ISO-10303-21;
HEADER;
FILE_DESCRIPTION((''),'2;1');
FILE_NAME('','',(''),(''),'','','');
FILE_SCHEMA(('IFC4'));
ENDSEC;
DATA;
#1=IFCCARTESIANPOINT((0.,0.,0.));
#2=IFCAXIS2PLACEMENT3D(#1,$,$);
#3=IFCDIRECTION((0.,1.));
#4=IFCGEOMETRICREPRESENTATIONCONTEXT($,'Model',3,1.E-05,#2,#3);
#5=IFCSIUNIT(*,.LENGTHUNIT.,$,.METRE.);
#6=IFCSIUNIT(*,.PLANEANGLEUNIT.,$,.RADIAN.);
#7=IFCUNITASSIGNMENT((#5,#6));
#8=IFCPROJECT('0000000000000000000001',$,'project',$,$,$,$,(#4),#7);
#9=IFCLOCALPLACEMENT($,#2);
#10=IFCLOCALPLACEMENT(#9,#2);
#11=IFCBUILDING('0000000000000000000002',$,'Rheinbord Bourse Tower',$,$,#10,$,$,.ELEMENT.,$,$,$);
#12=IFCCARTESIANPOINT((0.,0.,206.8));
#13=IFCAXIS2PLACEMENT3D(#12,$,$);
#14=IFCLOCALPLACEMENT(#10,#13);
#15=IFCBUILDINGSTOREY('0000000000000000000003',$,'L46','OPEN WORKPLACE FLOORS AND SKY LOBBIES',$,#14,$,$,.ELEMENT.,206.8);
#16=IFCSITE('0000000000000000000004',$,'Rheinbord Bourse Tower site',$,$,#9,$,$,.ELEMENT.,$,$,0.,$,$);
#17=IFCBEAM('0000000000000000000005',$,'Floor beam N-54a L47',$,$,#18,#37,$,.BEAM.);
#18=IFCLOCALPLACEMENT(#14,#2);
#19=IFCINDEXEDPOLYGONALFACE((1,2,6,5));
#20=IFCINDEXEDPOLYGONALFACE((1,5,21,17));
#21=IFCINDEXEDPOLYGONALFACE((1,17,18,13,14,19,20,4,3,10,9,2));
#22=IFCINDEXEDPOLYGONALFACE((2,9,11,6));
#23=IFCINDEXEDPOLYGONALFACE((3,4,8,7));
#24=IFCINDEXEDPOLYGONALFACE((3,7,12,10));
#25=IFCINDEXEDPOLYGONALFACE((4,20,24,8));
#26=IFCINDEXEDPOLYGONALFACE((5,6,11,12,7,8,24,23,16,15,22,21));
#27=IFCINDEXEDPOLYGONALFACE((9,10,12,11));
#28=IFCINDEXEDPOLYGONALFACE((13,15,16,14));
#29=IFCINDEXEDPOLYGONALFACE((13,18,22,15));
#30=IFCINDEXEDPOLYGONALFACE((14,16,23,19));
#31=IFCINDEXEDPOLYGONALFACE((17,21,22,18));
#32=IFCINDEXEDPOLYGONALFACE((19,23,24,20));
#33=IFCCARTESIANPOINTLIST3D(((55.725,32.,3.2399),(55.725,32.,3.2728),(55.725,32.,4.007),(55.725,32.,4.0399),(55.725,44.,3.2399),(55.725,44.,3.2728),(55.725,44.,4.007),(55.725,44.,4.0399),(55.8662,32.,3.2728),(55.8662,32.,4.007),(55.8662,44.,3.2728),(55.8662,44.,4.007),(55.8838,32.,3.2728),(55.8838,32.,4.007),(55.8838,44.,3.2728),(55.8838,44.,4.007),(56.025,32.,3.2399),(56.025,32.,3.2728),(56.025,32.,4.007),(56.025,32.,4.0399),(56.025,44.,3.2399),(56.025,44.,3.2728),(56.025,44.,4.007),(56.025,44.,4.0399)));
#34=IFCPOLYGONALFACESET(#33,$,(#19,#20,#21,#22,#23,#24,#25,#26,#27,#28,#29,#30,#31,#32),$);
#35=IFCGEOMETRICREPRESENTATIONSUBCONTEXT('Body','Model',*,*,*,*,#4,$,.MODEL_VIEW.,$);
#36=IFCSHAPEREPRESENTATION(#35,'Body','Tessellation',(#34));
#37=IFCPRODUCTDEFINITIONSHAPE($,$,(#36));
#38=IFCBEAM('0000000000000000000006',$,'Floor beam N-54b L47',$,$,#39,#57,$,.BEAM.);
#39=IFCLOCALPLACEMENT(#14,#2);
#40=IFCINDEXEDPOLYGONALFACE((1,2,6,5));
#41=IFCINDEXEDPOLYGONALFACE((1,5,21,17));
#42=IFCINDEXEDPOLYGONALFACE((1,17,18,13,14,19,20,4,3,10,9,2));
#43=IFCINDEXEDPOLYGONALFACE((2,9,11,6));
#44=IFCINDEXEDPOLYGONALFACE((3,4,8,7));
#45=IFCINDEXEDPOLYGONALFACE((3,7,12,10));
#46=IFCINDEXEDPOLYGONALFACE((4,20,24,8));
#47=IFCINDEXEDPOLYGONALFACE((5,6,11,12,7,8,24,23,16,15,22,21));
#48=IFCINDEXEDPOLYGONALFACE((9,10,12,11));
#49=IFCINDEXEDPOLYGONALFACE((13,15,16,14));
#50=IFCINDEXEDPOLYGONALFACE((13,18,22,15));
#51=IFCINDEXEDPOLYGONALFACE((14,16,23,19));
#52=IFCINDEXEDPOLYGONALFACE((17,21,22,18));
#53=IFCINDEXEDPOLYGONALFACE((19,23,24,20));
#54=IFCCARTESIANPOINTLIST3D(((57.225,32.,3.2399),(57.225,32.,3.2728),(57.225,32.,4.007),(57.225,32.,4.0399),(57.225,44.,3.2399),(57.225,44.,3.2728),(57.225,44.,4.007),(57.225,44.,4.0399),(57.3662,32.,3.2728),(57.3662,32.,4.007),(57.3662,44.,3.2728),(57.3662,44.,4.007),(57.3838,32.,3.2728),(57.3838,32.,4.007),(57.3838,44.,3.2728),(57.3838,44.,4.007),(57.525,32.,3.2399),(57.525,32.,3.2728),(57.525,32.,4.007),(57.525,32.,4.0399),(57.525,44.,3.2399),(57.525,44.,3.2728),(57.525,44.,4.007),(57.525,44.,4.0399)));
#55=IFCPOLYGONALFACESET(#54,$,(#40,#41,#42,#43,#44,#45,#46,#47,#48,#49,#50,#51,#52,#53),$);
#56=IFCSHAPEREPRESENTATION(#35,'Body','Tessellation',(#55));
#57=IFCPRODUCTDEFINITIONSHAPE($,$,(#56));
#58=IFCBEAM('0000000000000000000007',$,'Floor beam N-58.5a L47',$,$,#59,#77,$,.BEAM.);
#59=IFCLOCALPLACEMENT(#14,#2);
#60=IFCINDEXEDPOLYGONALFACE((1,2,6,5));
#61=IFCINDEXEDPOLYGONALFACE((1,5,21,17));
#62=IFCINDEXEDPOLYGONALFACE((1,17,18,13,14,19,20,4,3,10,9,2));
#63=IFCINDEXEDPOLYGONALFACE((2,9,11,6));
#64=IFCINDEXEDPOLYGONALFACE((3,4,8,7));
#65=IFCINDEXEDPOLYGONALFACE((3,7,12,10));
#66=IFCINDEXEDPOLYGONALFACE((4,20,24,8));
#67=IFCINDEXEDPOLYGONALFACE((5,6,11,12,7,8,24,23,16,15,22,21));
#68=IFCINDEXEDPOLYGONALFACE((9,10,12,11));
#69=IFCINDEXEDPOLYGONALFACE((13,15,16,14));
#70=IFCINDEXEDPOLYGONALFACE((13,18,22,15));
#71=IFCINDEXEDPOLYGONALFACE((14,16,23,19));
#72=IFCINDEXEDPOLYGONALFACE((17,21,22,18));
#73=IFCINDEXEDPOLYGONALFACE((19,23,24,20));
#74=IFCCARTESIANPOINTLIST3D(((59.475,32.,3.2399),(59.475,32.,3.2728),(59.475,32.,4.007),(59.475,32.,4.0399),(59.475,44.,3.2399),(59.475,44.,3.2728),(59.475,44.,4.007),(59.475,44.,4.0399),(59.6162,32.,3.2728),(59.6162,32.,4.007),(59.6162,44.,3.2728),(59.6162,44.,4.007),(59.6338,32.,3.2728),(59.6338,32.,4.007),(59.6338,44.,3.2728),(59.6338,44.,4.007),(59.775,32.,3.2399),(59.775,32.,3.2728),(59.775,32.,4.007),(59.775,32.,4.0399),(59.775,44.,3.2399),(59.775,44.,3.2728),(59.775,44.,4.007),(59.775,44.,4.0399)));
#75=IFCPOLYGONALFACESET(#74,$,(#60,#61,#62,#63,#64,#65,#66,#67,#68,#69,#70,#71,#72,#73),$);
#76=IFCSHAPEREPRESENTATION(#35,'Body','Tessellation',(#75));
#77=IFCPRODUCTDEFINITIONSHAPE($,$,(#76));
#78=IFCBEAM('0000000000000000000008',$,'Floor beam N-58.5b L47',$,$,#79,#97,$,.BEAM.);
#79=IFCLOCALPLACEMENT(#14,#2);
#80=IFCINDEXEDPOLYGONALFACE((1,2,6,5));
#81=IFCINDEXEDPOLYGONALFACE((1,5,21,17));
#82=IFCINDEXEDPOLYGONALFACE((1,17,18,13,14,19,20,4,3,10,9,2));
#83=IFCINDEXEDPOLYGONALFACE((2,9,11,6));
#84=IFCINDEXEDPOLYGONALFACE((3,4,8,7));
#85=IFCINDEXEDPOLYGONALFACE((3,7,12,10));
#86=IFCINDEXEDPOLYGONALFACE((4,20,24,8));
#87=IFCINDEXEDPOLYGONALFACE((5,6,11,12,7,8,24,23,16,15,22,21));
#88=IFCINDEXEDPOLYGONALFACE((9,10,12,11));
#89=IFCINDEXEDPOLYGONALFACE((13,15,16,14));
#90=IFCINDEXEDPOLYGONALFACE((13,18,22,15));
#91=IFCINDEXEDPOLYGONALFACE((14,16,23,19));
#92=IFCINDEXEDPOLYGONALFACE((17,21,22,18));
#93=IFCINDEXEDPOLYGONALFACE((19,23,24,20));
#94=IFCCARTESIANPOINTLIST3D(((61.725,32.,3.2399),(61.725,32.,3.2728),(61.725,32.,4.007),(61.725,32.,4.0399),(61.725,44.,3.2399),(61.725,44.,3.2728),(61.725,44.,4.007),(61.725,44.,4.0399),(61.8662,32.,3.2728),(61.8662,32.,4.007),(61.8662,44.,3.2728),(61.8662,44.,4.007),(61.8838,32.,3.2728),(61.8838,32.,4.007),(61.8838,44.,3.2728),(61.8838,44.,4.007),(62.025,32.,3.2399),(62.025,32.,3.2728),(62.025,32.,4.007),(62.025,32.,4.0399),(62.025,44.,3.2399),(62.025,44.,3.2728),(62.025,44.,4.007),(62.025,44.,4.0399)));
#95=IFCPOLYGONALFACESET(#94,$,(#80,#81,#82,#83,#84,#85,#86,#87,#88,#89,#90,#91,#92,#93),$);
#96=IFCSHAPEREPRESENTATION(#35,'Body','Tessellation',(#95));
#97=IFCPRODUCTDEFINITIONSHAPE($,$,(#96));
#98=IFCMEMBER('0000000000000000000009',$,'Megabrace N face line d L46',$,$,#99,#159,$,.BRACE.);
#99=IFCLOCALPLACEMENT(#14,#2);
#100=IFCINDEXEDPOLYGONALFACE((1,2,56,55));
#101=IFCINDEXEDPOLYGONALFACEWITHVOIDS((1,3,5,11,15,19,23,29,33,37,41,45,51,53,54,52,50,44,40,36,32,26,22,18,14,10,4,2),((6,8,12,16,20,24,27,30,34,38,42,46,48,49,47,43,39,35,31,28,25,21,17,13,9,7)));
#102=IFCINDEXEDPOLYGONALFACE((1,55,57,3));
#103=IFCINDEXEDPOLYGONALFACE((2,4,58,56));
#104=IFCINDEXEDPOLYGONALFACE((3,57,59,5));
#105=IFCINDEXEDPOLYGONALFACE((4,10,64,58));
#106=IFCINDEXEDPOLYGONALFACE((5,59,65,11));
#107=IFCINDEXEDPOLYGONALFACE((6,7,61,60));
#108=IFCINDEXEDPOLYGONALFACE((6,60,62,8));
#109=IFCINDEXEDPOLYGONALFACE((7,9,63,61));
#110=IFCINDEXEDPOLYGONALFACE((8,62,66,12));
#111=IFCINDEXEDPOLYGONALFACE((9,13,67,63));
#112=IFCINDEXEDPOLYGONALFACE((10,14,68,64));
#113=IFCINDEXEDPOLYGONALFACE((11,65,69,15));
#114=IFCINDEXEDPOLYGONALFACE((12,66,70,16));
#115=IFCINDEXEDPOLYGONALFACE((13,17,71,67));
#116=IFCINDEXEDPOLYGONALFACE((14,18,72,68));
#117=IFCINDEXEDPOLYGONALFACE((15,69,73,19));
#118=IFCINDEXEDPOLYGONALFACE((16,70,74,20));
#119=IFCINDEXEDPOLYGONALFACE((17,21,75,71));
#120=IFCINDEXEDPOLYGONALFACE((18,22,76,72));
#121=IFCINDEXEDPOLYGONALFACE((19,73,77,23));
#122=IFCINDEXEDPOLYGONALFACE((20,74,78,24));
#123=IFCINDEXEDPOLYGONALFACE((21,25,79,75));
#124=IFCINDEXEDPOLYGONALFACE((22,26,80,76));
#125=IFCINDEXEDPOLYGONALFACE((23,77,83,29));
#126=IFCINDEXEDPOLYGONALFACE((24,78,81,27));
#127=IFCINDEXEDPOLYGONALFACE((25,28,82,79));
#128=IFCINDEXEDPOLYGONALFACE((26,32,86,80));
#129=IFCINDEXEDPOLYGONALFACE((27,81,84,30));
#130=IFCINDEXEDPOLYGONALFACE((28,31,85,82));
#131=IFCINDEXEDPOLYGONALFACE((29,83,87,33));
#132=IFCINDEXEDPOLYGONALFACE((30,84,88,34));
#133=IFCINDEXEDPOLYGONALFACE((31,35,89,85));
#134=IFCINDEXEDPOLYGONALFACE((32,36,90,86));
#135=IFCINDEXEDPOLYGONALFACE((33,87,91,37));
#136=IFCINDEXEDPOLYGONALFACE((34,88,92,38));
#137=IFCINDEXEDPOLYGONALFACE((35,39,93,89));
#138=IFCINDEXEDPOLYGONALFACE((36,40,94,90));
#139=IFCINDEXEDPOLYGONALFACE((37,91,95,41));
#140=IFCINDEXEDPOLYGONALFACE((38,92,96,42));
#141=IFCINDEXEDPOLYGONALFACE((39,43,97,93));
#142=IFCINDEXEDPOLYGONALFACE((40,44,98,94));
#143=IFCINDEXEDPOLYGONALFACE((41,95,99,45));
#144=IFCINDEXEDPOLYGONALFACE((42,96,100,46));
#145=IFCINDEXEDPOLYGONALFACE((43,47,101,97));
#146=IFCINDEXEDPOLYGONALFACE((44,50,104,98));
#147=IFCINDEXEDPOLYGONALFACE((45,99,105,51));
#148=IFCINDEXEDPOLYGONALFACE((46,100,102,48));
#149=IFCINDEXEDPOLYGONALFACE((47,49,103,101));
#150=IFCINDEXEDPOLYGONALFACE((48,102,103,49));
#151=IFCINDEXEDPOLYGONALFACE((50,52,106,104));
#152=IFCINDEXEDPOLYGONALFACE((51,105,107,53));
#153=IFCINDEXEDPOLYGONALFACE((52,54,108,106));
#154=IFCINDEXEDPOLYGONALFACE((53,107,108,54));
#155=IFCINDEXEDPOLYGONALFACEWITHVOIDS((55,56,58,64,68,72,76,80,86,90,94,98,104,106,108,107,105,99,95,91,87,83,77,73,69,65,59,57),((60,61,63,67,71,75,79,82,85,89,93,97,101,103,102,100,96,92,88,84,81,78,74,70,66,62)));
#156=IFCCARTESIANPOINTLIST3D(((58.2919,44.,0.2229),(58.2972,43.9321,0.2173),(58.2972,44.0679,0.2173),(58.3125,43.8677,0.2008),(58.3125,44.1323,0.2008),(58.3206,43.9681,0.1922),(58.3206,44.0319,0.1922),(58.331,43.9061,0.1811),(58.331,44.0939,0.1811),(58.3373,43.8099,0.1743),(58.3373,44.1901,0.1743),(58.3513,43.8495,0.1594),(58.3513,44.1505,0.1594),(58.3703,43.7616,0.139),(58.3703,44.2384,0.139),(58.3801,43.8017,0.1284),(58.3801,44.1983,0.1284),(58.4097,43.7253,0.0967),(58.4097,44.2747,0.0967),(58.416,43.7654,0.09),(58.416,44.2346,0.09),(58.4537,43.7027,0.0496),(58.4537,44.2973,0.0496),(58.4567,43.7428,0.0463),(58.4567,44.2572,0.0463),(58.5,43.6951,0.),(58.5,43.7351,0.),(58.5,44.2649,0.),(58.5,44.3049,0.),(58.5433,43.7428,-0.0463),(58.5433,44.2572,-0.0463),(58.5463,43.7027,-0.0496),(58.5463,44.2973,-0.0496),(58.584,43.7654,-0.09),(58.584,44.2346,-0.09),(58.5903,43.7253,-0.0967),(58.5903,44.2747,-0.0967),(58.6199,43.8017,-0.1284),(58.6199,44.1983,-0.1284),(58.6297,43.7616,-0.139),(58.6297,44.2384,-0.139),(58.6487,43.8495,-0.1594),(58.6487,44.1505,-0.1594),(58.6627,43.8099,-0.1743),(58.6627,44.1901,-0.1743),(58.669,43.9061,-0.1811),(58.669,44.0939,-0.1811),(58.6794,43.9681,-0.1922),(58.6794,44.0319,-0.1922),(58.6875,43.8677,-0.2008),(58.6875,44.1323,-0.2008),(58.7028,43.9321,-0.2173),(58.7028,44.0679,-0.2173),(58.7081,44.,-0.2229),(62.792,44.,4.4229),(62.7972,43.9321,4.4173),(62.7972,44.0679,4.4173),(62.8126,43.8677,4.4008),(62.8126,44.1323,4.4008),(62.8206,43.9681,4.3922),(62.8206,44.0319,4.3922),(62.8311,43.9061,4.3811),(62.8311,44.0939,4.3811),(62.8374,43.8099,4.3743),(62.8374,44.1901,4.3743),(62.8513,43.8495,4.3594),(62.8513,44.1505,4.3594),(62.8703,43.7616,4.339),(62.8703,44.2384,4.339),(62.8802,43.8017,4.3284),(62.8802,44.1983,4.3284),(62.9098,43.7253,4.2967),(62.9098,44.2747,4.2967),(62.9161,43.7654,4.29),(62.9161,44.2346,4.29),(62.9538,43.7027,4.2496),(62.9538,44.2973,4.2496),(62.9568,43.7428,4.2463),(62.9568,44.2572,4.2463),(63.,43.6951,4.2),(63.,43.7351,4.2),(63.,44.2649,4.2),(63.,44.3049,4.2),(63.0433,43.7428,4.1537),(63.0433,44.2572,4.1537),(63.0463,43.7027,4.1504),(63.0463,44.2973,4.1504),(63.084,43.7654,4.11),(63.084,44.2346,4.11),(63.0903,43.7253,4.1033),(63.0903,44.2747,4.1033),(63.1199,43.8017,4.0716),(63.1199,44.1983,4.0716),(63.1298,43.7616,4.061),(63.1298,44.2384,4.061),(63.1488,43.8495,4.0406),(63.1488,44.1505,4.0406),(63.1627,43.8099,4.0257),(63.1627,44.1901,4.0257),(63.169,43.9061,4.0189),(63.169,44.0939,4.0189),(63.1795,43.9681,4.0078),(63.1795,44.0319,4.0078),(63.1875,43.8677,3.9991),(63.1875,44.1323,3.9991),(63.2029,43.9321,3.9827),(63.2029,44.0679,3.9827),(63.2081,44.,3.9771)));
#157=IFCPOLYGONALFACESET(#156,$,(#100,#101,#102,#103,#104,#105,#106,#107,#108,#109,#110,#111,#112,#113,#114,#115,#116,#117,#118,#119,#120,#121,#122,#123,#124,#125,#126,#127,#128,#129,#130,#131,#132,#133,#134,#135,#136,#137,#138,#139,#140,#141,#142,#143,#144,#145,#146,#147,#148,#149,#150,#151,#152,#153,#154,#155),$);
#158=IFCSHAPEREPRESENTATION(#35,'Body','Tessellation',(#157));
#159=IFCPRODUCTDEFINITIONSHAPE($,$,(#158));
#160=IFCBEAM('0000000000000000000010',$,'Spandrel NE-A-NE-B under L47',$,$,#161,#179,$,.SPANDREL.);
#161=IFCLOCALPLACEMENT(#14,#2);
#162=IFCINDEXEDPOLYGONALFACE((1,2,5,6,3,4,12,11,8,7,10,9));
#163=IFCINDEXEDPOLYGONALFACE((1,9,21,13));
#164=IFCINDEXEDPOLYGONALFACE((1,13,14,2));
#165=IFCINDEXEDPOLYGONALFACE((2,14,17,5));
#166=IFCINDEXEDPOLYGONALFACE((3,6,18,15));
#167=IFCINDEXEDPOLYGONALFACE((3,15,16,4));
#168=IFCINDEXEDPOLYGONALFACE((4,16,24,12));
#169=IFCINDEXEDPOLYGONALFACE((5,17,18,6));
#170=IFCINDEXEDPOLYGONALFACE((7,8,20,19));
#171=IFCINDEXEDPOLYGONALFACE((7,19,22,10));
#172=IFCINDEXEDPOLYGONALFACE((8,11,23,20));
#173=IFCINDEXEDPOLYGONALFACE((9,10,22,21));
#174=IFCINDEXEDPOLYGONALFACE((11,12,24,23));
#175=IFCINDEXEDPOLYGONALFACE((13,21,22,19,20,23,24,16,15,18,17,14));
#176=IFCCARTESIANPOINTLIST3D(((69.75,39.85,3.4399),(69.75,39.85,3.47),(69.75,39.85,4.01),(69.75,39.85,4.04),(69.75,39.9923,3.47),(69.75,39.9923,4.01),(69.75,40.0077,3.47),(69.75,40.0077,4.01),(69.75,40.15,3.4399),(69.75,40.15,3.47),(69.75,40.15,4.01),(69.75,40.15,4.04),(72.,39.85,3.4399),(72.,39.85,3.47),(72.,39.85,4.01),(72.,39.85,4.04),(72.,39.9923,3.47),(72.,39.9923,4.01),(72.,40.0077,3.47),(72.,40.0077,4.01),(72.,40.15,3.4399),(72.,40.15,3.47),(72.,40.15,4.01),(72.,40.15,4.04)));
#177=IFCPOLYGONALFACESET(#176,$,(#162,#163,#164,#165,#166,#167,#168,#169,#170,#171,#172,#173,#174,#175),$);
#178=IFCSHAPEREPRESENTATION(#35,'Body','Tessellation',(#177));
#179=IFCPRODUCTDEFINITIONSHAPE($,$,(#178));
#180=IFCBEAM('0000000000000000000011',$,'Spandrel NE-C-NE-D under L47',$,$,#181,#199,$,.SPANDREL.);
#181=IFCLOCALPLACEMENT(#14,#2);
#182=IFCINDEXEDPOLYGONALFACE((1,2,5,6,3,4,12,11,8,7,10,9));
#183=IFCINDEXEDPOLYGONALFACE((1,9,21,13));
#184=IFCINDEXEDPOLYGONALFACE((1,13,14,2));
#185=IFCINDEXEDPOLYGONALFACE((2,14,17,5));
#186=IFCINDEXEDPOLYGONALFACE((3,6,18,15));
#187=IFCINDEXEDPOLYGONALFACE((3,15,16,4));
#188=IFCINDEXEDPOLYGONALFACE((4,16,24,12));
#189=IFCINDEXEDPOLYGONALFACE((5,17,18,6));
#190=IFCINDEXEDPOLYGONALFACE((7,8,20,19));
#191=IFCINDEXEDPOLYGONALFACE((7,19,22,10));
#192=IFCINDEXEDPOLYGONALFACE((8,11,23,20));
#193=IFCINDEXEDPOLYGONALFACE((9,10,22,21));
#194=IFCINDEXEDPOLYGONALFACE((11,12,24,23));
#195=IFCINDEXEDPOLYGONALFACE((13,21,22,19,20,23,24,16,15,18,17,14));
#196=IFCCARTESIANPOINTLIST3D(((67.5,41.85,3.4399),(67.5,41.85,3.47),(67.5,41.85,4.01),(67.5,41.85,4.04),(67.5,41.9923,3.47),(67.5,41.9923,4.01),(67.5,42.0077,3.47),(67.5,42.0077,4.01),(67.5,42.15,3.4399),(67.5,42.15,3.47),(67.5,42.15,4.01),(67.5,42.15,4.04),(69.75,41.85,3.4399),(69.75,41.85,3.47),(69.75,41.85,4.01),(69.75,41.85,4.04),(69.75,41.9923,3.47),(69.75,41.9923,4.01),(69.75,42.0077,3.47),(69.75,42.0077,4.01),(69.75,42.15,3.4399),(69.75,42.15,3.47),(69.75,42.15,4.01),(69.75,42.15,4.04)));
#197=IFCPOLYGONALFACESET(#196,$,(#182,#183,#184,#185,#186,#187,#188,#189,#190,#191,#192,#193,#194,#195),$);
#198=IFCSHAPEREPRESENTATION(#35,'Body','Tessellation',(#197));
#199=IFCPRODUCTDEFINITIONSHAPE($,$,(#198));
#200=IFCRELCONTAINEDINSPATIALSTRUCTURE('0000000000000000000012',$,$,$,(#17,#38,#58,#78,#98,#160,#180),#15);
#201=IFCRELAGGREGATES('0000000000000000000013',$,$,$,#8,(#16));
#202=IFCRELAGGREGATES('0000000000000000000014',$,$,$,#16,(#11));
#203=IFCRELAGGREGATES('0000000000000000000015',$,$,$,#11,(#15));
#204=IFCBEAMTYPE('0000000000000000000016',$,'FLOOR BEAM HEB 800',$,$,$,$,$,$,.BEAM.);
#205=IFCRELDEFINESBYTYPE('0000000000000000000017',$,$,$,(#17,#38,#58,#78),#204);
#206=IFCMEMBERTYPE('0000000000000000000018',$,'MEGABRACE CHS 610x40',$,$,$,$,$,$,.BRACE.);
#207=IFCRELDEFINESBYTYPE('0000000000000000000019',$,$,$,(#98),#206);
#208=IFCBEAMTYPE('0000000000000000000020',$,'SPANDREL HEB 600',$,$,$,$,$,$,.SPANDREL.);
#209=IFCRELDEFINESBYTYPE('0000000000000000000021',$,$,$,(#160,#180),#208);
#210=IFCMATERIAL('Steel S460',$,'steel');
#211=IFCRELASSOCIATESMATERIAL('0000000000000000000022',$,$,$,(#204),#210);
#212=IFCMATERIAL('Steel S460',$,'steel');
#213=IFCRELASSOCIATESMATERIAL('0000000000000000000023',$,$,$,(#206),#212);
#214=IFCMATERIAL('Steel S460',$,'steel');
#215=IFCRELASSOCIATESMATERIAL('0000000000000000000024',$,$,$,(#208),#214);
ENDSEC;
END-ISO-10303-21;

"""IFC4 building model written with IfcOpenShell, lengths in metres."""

from ifc_helpers import new_model, si_unit, direction, frame, origin, origin_2d, place, context, subcontext, project, spatial, hollow_circle, i_section, extrude, material, material_profile, profile_set, type_object, element, save


model = new_model("IFC4")

# Units and contexts
model_context = context("Model", 3, precision=1e-05, world=origin(), true_north=direction((0.0, 1.0)))
body_context = subcontext(model_context, "Body", "Model", "MODEL_VIEW")
ifc_project = project(units=[si_unit("LENGTHUNIT", "METRE"), si_unit("PLANEANGLEUNIT", "RADIAN")], contexts=[model_context])

# Site, building, storey
site_placement = place(None, origin())
site = spatial("IfcSite", under=ifc_project, at=site_placement, Name="Rheinbord Bourse Tower site", CompositionType="ELEMENT", RefElevation=0.0)
building_placement = place(site_placement, origin())
building = spatial("IfcBuilding", under=site, at=building_placement, Name="Rheinbord Bourse Tower", CompositionType="ELEMENT")
storey_placement = place(building_placement, frame((0.0, 0.0, 206.8)))
storey = spatial("IfcBuildingStorey", under=building, at=storey_placement, Name="L46", Description="OPEN WORKPLACE FLOORS AND SKY LOBBIES", CompositionType="ELEMENT", Elevation=206.8)

# Beams
ifc_material_1 = material(Name="Steel S460", Category="steel")
ifc_material_profile_1 = material_profile(ifc_material_1, i_section(OverallWidth=0.3, OverallDepth=0.8, WebThickness=0.0176, FlangeThickness=0.033, at=origin_2d()), Name="HEB 800")
ifc_profile_set_1 = profile_set([ifc_material_profile_1], Name="Steel S460")
beam_type_1 = type_object("IfcBeamType", Name="FLOOR BEAM HEB 800", PredefinedType="BEAM", material=ifc_profile_set_1)
for number, where, z_axis, x_axis, name in (
    (1, (55.875, 44.0, 3.6399), (0.0, -1.0, 0.0), (1.0, 0.0, 0.0), "Floor beam N-54a L47"),
    (2, (57.375, 44.0, 3.6399), (0.0, -1.0, 0.0), (1.0, 0.0, 0.0), "Floor beam N-54b L47"),
    (3, (59.625, 44.0, 3.6399), (0.0, -1.0, 0.0), (1.0, 0.0, 0.0), "Floor beam N-58.5a L47"),
    (4, (61.875, 44.0, 3.6399), (0.0, -1.0, 0.0), (1.0, 0.0, 0.0), "Floor beam N-58.5b L47"),
):
    element("IfcBeam", number, at=place(storey_placement, frame(where, z_axis=z_axis, x_axis=x_axis)), inside=storey, type_object=beam_type_1, Name=name, PredefinedType="BEAM", context=body_context, shape_type="SweptSolid", body=[
        extrude(i_section(OverallWidth=0.3, OverallDepth=0.8, WebThickness=0.0176, FlangeThickness=0.033, at=origin_2d()), origin(), (0.0, 0.0, 1.0), 12.0),
    ])

# Member
ifc_material_2 = material(Name="Steel S460", Category="steel")
ifc_material_profile_2 = material_profile(ifc_material_2, hollow_circle(Radius=0.3049, WallThickness=0.04, at=origin_2d()), Name="CHS 610x40")
ifc_profile_set_2 = profile_set([ifc_material_profile_2], Name="Steel S460")
member_type_1 = type_object("IfcMemberType", Name="MEGABRACE CHS 610x40", PredefinedType="BRACE", material=ifc_profile_set_2)
member_1_placement = place(storey_placement, frame((58.5, 44.0, 0.0), z_axis=(0.731059, 0.0, 0.682314), x_axis=(0.0, 1.0, 0.0)))
element("IfcMember", 5, at=member_1_placement, inside=storey, type_object=member_type_1, Name="Megabrace N face line d L46", PredefinedType="BRACE", context=body_context, shape_type="SweptSolid", body=[
    extrude(hollow_circle(Radius=0.3049, WallThickness=0.04, at=origin_2d()), origin(), (0.0, 0.0, 1.0), 6.1555),
])

# Beams
ifc_material_3 = material(Name="Steel S460", Category="steel")
ifc_material_profile_3 = material_profile(ifc_material_3, i_section(OverallWidth=0.3, OverallDepth=0.6001, WebThickness=0.0154, FlangeThickness=0.03, at=origin_2d()), Name="HEB 600")
ifc_profile_set_3 = profile_set([ifc_material_profile_3], Name="Steel S460")
beam_type_2 = type_object("IfcBeamType", Name="SPANDREL HEB 600", PredefinedType="SPANDREL", material=ifc_profile_set_3)
for number, where, z_axis, x_axis, name in (
    (6, (72.0, 40.0, 3.74), (-1.0, 0.0, 0.0), (0.0, -1.0, 0.0), "Spandrel NE-A-NE-B under L47"),
    (7, (69.75, 42.0, 3.74), (-1.0, 0.0, 0.0), (0.0, -1.0, 0.0), "Spandrel NE-C-NE-D under L47"),
):
    element("IfcBeam", number, at=place(storey_placement, frame(where, z_axis=z_axis, x_axis=x_axis)), inside=storey, type_object=beam_type_2, Name=name, PredefinedType="SPANDREL", context=body_context, shape_type="SweptSolid", body=[
        extrude(i_section(OverallWidth=0.3, OverallDepth=0.6001, WebThickness=0.0154, FlangeThickness=0.03, at=origin_2d()), origin(), (0.0, 0.0, 1.0), 2.25),
    ])

save(model, "model.ifc")
